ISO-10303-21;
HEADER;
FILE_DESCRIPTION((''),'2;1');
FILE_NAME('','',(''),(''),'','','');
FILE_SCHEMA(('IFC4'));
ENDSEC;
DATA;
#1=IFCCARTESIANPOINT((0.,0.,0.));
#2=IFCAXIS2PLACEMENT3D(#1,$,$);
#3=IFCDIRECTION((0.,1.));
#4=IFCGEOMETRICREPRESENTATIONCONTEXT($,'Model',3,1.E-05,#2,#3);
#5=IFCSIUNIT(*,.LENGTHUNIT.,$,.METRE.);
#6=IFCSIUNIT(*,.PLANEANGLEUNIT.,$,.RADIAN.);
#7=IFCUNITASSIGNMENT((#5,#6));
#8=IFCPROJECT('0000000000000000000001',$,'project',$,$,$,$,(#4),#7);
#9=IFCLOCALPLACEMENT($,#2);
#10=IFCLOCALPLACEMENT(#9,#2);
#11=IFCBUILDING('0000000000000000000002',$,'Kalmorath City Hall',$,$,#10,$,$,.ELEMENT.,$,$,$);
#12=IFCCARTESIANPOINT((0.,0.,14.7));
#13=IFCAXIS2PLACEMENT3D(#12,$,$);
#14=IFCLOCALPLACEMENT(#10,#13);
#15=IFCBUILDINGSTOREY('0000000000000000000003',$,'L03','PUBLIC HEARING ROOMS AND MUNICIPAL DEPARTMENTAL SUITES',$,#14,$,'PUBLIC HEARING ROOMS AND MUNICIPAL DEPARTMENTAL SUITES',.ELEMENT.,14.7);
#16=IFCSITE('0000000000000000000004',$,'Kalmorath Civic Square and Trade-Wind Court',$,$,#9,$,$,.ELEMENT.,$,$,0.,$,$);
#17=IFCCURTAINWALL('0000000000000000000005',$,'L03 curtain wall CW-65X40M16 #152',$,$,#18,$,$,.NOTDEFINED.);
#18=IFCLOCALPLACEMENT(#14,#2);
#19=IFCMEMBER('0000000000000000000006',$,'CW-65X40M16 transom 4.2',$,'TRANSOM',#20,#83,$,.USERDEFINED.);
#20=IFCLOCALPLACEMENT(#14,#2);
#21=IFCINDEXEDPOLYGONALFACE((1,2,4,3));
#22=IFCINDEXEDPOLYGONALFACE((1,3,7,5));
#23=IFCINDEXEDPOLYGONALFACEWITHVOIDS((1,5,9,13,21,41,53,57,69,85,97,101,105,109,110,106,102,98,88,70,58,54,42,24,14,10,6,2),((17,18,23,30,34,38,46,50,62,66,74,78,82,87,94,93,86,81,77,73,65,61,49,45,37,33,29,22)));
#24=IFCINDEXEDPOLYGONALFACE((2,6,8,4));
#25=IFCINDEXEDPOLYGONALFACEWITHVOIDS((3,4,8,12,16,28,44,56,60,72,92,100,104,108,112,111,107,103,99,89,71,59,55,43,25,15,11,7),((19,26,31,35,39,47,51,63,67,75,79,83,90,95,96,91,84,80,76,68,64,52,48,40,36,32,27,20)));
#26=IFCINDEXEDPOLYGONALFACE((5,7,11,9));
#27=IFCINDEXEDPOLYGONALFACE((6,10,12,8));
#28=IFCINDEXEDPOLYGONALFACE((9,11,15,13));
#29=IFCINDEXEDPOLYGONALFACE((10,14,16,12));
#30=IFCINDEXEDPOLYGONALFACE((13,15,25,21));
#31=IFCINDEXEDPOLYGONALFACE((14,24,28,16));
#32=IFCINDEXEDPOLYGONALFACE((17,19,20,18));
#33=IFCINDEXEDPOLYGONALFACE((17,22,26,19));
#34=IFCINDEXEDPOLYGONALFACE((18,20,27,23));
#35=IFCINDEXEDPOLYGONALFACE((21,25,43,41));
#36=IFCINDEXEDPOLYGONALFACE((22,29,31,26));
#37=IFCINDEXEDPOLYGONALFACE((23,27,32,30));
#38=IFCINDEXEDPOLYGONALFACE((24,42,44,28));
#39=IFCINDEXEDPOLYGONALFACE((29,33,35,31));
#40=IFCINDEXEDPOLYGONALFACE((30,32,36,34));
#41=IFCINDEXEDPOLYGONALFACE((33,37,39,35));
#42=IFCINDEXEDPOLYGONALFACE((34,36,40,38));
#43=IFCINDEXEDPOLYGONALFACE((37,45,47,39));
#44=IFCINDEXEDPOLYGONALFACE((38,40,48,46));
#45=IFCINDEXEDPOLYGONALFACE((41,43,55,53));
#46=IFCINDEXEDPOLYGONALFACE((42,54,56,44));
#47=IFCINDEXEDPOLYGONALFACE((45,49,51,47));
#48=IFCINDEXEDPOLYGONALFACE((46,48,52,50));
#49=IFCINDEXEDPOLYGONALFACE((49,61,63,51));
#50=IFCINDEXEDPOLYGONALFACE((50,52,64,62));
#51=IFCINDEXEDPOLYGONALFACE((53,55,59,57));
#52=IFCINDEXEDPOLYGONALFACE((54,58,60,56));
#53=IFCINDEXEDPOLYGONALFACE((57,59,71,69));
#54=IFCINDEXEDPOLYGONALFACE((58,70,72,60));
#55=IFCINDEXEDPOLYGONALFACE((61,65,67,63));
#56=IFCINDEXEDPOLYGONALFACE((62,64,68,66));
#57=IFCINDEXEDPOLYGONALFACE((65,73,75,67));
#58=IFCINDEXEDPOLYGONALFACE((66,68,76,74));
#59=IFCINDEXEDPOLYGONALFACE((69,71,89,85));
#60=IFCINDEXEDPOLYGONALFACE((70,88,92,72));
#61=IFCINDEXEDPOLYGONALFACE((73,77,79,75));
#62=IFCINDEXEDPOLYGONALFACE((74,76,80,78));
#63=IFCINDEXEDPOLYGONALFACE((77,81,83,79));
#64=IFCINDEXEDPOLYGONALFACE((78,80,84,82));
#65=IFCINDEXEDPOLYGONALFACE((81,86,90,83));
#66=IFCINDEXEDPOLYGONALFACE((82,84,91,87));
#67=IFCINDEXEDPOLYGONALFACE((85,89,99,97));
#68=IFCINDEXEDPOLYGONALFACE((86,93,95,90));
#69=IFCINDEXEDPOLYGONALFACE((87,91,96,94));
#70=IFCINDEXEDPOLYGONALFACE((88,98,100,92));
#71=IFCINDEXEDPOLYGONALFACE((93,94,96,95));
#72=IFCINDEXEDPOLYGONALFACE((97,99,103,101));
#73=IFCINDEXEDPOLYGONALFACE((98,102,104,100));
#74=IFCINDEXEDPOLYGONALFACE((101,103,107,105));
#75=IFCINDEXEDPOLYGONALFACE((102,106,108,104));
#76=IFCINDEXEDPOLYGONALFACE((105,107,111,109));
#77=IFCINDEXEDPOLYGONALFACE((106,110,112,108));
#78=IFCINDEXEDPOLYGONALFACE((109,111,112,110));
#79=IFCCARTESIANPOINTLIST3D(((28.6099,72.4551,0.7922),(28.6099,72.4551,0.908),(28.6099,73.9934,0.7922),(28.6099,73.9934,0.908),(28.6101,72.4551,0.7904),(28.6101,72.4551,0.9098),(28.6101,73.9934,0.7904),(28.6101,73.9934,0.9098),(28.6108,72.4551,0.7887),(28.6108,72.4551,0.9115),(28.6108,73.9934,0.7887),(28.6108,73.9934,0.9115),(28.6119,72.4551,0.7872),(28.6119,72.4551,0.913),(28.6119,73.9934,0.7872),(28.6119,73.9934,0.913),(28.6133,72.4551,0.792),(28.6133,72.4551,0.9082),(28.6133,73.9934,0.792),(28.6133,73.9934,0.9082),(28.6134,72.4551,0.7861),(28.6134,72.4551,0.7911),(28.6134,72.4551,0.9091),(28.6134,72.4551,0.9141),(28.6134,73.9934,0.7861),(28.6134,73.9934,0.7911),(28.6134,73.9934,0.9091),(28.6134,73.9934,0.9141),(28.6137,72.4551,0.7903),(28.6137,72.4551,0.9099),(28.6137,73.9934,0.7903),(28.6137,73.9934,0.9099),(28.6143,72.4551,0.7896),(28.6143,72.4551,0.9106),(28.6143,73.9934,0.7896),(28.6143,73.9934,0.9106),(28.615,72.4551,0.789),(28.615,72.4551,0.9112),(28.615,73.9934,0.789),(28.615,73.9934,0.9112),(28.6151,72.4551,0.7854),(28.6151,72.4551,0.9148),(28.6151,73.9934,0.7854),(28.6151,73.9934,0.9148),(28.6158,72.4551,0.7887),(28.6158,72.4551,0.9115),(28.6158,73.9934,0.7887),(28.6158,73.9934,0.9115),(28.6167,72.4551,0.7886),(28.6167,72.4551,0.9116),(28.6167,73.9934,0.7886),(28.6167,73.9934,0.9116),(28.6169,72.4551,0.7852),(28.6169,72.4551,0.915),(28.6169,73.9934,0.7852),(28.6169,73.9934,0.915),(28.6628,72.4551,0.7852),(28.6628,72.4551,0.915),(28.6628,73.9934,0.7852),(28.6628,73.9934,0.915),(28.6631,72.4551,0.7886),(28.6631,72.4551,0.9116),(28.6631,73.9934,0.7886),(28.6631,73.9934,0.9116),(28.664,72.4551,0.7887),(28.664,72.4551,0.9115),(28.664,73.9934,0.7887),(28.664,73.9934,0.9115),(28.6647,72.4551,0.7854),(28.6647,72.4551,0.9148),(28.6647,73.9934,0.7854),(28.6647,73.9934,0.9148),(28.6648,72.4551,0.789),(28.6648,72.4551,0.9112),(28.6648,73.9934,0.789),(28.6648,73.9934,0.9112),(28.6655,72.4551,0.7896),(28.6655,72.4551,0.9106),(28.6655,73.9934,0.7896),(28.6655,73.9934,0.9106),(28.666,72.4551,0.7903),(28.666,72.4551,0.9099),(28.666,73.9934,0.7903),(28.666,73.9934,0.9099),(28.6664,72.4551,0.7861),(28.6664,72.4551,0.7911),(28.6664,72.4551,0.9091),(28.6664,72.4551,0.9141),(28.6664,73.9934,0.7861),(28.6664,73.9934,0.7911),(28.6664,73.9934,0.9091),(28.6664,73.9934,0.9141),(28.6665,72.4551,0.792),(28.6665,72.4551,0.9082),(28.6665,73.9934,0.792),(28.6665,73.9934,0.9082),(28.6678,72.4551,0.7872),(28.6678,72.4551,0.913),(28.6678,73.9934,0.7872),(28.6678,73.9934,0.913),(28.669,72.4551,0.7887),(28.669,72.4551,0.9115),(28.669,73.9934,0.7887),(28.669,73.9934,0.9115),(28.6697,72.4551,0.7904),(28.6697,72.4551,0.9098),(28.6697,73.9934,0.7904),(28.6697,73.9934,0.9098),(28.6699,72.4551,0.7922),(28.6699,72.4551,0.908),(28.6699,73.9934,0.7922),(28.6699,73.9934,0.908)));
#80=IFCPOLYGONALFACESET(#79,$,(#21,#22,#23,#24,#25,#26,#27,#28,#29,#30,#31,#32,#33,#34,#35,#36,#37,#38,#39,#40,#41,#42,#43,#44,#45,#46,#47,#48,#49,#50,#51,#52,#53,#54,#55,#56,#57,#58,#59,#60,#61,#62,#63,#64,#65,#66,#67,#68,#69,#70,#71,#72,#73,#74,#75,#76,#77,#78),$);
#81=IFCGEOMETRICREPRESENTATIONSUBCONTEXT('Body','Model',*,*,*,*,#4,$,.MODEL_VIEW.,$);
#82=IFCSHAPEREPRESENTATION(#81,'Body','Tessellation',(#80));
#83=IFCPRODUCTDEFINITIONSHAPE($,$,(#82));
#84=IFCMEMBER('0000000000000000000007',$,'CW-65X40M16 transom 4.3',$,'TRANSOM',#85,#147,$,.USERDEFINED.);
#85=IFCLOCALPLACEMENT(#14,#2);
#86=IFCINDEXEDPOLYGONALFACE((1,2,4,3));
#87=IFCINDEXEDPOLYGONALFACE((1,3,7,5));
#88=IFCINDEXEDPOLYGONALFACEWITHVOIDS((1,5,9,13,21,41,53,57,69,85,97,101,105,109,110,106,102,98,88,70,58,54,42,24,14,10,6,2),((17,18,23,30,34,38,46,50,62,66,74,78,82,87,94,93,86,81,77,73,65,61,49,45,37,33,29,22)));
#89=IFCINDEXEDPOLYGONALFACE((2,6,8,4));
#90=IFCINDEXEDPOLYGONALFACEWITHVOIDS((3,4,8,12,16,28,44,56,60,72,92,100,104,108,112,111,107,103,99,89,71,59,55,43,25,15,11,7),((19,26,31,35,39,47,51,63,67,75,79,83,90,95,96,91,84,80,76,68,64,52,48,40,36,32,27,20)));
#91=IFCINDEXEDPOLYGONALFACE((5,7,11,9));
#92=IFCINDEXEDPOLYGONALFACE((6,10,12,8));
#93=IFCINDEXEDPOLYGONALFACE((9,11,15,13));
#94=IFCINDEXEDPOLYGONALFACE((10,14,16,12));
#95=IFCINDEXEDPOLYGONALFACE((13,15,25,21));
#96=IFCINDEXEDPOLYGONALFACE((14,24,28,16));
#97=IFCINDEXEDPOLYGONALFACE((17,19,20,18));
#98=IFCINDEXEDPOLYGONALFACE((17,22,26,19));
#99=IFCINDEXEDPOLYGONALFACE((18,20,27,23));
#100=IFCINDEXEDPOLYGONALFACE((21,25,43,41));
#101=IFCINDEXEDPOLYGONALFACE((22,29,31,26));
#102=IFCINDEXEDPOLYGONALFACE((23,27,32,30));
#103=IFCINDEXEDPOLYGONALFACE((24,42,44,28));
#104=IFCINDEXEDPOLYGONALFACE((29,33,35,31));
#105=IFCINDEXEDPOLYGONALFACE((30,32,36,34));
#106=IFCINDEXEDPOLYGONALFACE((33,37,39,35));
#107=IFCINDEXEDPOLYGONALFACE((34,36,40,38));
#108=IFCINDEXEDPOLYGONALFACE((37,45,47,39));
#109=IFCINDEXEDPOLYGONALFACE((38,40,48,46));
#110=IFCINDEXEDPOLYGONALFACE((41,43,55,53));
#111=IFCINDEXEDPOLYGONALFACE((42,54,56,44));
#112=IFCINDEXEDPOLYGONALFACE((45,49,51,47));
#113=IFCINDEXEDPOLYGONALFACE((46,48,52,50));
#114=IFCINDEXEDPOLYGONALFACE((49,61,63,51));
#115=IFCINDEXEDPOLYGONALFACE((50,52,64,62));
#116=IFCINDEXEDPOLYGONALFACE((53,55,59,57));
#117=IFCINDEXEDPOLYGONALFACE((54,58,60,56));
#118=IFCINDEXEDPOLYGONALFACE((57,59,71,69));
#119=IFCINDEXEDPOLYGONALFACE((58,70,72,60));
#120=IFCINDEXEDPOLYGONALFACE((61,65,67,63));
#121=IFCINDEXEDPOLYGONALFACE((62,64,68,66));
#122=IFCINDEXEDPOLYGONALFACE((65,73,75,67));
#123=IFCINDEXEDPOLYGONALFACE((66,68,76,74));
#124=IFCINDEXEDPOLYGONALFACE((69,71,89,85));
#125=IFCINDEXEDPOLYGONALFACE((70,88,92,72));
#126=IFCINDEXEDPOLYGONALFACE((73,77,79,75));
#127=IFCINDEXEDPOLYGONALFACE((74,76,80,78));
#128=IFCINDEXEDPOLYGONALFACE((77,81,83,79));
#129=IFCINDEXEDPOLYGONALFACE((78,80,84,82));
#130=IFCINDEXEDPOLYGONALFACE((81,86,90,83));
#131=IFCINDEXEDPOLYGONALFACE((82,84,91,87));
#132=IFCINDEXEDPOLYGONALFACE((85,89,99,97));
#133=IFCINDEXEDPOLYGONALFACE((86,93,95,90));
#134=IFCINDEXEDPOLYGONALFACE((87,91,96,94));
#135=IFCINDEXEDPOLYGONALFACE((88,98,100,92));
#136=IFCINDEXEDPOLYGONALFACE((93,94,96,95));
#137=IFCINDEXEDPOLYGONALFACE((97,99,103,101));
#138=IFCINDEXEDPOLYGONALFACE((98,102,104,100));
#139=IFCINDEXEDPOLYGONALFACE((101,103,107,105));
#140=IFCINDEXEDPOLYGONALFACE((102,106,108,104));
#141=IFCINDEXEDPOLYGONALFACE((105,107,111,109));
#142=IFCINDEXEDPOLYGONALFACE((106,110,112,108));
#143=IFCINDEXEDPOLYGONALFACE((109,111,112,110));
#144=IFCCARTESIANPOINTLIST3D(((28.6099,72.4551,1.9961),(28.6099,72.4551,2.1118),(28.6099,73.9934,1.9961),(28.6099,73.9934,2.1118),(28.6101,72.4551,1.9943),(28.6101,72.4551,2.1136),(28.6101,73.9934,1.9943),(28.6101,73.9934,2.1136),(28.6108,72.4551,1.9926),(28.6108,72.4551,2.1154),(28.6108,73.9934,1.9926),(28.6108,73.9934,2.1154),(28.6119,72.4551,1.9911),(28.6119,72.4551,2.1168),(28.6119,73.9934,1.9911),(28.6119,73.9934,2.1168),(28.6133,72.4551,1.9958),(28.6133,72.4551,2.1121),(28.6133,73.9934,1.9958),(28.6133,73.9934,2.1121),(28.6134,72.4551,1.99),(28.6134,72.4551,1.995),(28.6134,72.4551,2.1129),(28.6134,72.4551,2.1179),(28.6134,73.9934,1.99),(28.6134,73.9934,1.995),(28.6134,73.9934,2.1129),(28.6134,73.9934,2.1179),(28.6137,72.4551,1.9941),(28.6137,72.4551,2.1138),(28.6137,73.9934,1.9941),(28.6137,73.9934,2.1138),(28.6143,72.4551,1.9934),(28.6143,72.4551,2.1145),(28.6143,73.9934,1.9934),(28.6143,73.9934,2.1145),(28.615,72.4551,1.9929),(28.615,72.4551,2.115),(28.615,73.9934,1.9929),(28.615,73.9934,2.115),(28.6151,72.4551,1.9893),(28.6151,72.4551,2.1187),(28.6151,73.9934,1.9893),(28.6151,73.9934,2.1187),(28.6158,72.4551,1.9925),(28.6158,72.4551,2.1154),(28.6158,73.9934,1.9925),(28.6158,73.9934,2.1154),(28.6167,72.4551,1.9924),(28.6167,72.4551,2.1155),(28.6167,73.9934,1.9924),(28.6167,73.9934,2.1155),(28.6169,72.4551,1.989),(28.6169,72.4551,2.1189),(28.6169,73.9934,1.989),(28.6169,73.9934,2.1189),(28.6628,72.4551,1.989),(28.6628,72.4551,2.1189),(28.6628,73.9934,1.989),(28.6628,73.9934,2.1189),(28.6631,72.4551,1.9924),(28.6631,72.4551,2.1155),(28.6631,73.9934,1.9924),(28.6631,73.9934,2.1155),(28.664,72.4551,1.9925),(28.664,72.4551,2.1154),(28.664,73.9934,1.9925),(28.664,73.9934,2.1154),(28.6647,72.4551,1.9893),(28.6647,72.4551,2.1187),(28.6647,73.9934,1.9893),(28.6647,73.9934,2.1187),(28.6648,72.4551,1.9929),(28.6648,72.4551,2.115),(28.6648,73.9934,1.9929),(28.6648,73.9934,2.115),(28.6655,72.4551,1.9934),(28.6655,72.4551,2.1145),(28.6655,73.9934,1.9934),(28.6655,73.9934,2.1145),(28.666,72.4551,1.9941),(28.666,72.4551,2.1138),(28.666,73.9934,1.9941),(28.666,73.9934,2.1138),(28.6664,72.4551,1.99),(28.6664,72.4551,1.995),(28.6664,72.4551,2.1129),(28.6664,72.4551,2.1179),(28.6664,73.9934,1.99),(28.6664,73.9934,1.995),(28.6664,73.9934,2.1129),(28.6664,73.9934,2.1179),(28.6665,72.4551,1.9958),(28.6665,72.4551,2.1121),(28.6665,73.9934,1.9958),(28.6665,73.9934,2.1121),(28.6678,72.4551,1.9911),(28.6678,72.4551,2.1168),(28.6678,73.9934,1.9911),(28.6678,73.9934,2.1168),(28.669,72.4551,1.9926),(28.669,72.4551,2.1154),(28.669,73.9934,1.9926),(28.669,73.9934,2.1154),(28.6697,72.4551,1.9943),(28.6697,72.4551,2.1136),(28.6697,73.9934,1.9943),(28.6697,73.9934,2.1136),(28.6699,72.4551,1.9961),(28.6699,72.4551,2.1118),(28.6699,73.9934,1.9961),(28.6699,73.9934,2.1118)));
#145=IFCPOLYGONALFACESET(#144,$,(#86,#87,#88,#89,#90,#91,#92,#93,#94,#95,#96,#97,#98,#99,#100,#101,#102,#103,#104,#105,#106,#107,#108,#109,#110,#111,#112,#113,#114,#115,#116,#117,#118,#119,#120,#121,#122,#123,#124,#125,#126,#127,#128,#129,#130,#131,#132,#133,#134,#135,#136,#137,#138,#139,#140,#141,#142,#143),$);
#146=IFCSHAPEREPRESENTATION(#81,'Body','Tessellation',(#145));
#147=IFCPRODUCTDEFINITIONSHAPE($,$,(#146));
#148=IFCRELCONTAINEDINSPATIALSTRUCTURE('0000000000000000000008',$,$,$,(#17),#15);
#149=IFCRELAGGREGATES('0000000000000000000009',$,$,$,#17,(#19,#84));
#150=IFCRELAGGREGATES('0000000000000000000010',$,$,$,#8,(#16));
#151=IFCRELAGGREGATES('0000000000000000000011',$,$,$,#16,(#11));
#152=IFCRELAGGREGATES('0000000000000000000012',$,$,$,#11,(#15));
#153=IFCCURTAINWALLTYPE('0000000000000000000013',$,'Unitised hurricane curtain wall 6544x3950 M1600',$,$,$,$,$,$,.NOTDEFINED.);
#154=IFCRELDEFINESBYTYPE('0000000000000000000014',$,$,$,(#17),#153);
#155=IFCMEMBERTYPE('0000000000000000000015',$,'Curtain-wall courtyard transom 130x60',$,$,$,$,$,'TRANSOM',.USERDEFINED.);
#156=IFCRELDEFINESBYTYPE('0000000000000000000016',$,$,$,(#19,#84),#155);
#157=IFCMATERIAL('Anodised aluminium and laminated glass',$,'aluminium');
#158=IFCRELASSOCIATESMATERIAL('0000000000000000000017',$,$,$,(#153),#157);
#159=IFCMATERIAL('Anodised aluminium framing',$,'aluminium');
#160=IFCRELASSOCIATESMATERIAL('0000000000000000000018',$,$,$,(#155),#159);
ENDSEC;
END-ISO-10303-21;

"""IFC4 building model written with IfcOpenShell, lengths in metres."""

from ifc_helpers import new_model, si_unit, direction, frame, origin, origin_2d, place, context, subcontext, project, spatial, hollow_rectangle, extrude, material, material_profile, profile_set, type_object, element, aggregate, save


model = new_model("IFC4")

# Units and contexts
model_context = context("Model", 3, precision=1e-05, world=origin(), true_north=direction((0.0, 1.0)))
body_context = subcontext(model_context, "Body", "Model", "MODEL_VIEW")
ifc_project = project(units=[si_unit("LENGTHUNIT", "METRE"), si_unit("PLANEANGLEUNIT", "RADIAN")], contexts=[model_context])

# Site, building, storey
site_placement = place(None, origin())
site = spatial("IfcSite", under=ifc_project, at=site_placement, Name="Kalmorath Civic Square and Trade-Wind Court", CompositionType="ELEMENT", RefElevation=0.0)
building_placement = place(site_placement, origin())
building = spatial("IfcBuilding", under=site, at=building_placement, Name="Kalmorath City Hall", CompositionType="ELEMENT")
storey_placement = place(building_placement, frame((0.0, 0.0, 14.7)))
storey = spatial("IfcBuildingStorey", under=building, at=storey_placement, Name="L03", Description="PUBLIC HEARING ROOMS AND MUNICIPAL DEPARTMENTAL SUITES", LongName="PUBLIC HEARING ROOMS AND MUNICIPAL DEPARTMENTAL SUITES", CompositionType="ELEMENT", Elevation=14.7)

# Curtain wall, members
ifc_material_1 = material(Name="Anodised aluminium and laminated glass", Category="aluminium")
curtain_wall_type = type_object("IfcCurtainWallType", Name="Unitised hurricane curtain wall 6544x3950 M1600", PredefinedType="NOTDEFINED", material=ifc_material_1)
curtain_wall_placement = place(storey_placement, origin())
curtain_wall = element("IfcCurtainWall", 1, at=curtain_wall_placement, inside=storey, type_object=curtain_wall_type, Name="L03 curtain wall CW-65X40M16 #152", PredefinedType="NOTDEFINED")
ifc_material_2 = material(Name="Anodised aluminium framing", Category="aluminium")
ifc_material_profile_1 = material_profile(ifc_material_2, hollow_rectangle(XDim=0.0601, YDim=0.1299, WallThickness=0.0034, InnerFilletRadius=0.0034, OuterFilletRadius=0.0071, at=origin_2d()), Name="ALU-TRN-130X60X3.5")
ifc_profile_set_1 = profile_set([ifc_material_profile_1], Name="Anodised aluminium framing")
member_type_1 = type_object("IfcMemberType", Name="Curtain-wall courtyard transom 130x60", ElementType="TRANSOM", PredefinedType="USERDEFINED", material=ifc_profile_set_1)
member_1_placement = place(storey_placement, frame((28.6399, 73.9934, 0.8501), z_axis=(0.0, -1.0, 0.0), x_axis=(1.0, 0.0, 0.0)))
member_1 = element("IfcMember", 2, at=member_1_placement, type_object=member_type_1, Name="CW-65X40M16 transom 4.2", ObjectType="TRANSOM", PredefinedType="USERDEFINED", context=body_context, shape_type="SweptSolid", body=[
    extrude(hollow_rectangle(XDim=0.0601, YDim=0.1299, WallThickness=0.0034, InnerFilletRadius=0.0034, OuterFilletRadius=0.0071, at=origin_2d()), origin(), (0.0, 0.0, 1.0), 1.5383),
])
member_2_placement = place(storey_placement, frame((28.6399, 73.9934, 2.054), z_axis=(0.0, -1.0, 0.0), x_axis=(1.0, 0.0, 0.0)))
member_2 = element("IfcMember", 3, at=member_2_placement, type_object=member_type_1, Name="CW-65X40M16 transom 4.3", ObjectType="TRANSOM", PredefinedType="USERDEFINED", context=body_context, shape_type="SweptSolid", body=[
    extrude(hollow_rectangle(XDim=0.0601, YDim=0.1299, WallThickness=0.0034, InnerFilletRadius=0.0034, OuterFilletRadius=0.0071, at=origin_2d()), origin(), (0.0, 0.0, 1.0), 1.5383),
])

aggregate(curtain_wall, [member_1, member_2])

save(model, "model.ifc")
